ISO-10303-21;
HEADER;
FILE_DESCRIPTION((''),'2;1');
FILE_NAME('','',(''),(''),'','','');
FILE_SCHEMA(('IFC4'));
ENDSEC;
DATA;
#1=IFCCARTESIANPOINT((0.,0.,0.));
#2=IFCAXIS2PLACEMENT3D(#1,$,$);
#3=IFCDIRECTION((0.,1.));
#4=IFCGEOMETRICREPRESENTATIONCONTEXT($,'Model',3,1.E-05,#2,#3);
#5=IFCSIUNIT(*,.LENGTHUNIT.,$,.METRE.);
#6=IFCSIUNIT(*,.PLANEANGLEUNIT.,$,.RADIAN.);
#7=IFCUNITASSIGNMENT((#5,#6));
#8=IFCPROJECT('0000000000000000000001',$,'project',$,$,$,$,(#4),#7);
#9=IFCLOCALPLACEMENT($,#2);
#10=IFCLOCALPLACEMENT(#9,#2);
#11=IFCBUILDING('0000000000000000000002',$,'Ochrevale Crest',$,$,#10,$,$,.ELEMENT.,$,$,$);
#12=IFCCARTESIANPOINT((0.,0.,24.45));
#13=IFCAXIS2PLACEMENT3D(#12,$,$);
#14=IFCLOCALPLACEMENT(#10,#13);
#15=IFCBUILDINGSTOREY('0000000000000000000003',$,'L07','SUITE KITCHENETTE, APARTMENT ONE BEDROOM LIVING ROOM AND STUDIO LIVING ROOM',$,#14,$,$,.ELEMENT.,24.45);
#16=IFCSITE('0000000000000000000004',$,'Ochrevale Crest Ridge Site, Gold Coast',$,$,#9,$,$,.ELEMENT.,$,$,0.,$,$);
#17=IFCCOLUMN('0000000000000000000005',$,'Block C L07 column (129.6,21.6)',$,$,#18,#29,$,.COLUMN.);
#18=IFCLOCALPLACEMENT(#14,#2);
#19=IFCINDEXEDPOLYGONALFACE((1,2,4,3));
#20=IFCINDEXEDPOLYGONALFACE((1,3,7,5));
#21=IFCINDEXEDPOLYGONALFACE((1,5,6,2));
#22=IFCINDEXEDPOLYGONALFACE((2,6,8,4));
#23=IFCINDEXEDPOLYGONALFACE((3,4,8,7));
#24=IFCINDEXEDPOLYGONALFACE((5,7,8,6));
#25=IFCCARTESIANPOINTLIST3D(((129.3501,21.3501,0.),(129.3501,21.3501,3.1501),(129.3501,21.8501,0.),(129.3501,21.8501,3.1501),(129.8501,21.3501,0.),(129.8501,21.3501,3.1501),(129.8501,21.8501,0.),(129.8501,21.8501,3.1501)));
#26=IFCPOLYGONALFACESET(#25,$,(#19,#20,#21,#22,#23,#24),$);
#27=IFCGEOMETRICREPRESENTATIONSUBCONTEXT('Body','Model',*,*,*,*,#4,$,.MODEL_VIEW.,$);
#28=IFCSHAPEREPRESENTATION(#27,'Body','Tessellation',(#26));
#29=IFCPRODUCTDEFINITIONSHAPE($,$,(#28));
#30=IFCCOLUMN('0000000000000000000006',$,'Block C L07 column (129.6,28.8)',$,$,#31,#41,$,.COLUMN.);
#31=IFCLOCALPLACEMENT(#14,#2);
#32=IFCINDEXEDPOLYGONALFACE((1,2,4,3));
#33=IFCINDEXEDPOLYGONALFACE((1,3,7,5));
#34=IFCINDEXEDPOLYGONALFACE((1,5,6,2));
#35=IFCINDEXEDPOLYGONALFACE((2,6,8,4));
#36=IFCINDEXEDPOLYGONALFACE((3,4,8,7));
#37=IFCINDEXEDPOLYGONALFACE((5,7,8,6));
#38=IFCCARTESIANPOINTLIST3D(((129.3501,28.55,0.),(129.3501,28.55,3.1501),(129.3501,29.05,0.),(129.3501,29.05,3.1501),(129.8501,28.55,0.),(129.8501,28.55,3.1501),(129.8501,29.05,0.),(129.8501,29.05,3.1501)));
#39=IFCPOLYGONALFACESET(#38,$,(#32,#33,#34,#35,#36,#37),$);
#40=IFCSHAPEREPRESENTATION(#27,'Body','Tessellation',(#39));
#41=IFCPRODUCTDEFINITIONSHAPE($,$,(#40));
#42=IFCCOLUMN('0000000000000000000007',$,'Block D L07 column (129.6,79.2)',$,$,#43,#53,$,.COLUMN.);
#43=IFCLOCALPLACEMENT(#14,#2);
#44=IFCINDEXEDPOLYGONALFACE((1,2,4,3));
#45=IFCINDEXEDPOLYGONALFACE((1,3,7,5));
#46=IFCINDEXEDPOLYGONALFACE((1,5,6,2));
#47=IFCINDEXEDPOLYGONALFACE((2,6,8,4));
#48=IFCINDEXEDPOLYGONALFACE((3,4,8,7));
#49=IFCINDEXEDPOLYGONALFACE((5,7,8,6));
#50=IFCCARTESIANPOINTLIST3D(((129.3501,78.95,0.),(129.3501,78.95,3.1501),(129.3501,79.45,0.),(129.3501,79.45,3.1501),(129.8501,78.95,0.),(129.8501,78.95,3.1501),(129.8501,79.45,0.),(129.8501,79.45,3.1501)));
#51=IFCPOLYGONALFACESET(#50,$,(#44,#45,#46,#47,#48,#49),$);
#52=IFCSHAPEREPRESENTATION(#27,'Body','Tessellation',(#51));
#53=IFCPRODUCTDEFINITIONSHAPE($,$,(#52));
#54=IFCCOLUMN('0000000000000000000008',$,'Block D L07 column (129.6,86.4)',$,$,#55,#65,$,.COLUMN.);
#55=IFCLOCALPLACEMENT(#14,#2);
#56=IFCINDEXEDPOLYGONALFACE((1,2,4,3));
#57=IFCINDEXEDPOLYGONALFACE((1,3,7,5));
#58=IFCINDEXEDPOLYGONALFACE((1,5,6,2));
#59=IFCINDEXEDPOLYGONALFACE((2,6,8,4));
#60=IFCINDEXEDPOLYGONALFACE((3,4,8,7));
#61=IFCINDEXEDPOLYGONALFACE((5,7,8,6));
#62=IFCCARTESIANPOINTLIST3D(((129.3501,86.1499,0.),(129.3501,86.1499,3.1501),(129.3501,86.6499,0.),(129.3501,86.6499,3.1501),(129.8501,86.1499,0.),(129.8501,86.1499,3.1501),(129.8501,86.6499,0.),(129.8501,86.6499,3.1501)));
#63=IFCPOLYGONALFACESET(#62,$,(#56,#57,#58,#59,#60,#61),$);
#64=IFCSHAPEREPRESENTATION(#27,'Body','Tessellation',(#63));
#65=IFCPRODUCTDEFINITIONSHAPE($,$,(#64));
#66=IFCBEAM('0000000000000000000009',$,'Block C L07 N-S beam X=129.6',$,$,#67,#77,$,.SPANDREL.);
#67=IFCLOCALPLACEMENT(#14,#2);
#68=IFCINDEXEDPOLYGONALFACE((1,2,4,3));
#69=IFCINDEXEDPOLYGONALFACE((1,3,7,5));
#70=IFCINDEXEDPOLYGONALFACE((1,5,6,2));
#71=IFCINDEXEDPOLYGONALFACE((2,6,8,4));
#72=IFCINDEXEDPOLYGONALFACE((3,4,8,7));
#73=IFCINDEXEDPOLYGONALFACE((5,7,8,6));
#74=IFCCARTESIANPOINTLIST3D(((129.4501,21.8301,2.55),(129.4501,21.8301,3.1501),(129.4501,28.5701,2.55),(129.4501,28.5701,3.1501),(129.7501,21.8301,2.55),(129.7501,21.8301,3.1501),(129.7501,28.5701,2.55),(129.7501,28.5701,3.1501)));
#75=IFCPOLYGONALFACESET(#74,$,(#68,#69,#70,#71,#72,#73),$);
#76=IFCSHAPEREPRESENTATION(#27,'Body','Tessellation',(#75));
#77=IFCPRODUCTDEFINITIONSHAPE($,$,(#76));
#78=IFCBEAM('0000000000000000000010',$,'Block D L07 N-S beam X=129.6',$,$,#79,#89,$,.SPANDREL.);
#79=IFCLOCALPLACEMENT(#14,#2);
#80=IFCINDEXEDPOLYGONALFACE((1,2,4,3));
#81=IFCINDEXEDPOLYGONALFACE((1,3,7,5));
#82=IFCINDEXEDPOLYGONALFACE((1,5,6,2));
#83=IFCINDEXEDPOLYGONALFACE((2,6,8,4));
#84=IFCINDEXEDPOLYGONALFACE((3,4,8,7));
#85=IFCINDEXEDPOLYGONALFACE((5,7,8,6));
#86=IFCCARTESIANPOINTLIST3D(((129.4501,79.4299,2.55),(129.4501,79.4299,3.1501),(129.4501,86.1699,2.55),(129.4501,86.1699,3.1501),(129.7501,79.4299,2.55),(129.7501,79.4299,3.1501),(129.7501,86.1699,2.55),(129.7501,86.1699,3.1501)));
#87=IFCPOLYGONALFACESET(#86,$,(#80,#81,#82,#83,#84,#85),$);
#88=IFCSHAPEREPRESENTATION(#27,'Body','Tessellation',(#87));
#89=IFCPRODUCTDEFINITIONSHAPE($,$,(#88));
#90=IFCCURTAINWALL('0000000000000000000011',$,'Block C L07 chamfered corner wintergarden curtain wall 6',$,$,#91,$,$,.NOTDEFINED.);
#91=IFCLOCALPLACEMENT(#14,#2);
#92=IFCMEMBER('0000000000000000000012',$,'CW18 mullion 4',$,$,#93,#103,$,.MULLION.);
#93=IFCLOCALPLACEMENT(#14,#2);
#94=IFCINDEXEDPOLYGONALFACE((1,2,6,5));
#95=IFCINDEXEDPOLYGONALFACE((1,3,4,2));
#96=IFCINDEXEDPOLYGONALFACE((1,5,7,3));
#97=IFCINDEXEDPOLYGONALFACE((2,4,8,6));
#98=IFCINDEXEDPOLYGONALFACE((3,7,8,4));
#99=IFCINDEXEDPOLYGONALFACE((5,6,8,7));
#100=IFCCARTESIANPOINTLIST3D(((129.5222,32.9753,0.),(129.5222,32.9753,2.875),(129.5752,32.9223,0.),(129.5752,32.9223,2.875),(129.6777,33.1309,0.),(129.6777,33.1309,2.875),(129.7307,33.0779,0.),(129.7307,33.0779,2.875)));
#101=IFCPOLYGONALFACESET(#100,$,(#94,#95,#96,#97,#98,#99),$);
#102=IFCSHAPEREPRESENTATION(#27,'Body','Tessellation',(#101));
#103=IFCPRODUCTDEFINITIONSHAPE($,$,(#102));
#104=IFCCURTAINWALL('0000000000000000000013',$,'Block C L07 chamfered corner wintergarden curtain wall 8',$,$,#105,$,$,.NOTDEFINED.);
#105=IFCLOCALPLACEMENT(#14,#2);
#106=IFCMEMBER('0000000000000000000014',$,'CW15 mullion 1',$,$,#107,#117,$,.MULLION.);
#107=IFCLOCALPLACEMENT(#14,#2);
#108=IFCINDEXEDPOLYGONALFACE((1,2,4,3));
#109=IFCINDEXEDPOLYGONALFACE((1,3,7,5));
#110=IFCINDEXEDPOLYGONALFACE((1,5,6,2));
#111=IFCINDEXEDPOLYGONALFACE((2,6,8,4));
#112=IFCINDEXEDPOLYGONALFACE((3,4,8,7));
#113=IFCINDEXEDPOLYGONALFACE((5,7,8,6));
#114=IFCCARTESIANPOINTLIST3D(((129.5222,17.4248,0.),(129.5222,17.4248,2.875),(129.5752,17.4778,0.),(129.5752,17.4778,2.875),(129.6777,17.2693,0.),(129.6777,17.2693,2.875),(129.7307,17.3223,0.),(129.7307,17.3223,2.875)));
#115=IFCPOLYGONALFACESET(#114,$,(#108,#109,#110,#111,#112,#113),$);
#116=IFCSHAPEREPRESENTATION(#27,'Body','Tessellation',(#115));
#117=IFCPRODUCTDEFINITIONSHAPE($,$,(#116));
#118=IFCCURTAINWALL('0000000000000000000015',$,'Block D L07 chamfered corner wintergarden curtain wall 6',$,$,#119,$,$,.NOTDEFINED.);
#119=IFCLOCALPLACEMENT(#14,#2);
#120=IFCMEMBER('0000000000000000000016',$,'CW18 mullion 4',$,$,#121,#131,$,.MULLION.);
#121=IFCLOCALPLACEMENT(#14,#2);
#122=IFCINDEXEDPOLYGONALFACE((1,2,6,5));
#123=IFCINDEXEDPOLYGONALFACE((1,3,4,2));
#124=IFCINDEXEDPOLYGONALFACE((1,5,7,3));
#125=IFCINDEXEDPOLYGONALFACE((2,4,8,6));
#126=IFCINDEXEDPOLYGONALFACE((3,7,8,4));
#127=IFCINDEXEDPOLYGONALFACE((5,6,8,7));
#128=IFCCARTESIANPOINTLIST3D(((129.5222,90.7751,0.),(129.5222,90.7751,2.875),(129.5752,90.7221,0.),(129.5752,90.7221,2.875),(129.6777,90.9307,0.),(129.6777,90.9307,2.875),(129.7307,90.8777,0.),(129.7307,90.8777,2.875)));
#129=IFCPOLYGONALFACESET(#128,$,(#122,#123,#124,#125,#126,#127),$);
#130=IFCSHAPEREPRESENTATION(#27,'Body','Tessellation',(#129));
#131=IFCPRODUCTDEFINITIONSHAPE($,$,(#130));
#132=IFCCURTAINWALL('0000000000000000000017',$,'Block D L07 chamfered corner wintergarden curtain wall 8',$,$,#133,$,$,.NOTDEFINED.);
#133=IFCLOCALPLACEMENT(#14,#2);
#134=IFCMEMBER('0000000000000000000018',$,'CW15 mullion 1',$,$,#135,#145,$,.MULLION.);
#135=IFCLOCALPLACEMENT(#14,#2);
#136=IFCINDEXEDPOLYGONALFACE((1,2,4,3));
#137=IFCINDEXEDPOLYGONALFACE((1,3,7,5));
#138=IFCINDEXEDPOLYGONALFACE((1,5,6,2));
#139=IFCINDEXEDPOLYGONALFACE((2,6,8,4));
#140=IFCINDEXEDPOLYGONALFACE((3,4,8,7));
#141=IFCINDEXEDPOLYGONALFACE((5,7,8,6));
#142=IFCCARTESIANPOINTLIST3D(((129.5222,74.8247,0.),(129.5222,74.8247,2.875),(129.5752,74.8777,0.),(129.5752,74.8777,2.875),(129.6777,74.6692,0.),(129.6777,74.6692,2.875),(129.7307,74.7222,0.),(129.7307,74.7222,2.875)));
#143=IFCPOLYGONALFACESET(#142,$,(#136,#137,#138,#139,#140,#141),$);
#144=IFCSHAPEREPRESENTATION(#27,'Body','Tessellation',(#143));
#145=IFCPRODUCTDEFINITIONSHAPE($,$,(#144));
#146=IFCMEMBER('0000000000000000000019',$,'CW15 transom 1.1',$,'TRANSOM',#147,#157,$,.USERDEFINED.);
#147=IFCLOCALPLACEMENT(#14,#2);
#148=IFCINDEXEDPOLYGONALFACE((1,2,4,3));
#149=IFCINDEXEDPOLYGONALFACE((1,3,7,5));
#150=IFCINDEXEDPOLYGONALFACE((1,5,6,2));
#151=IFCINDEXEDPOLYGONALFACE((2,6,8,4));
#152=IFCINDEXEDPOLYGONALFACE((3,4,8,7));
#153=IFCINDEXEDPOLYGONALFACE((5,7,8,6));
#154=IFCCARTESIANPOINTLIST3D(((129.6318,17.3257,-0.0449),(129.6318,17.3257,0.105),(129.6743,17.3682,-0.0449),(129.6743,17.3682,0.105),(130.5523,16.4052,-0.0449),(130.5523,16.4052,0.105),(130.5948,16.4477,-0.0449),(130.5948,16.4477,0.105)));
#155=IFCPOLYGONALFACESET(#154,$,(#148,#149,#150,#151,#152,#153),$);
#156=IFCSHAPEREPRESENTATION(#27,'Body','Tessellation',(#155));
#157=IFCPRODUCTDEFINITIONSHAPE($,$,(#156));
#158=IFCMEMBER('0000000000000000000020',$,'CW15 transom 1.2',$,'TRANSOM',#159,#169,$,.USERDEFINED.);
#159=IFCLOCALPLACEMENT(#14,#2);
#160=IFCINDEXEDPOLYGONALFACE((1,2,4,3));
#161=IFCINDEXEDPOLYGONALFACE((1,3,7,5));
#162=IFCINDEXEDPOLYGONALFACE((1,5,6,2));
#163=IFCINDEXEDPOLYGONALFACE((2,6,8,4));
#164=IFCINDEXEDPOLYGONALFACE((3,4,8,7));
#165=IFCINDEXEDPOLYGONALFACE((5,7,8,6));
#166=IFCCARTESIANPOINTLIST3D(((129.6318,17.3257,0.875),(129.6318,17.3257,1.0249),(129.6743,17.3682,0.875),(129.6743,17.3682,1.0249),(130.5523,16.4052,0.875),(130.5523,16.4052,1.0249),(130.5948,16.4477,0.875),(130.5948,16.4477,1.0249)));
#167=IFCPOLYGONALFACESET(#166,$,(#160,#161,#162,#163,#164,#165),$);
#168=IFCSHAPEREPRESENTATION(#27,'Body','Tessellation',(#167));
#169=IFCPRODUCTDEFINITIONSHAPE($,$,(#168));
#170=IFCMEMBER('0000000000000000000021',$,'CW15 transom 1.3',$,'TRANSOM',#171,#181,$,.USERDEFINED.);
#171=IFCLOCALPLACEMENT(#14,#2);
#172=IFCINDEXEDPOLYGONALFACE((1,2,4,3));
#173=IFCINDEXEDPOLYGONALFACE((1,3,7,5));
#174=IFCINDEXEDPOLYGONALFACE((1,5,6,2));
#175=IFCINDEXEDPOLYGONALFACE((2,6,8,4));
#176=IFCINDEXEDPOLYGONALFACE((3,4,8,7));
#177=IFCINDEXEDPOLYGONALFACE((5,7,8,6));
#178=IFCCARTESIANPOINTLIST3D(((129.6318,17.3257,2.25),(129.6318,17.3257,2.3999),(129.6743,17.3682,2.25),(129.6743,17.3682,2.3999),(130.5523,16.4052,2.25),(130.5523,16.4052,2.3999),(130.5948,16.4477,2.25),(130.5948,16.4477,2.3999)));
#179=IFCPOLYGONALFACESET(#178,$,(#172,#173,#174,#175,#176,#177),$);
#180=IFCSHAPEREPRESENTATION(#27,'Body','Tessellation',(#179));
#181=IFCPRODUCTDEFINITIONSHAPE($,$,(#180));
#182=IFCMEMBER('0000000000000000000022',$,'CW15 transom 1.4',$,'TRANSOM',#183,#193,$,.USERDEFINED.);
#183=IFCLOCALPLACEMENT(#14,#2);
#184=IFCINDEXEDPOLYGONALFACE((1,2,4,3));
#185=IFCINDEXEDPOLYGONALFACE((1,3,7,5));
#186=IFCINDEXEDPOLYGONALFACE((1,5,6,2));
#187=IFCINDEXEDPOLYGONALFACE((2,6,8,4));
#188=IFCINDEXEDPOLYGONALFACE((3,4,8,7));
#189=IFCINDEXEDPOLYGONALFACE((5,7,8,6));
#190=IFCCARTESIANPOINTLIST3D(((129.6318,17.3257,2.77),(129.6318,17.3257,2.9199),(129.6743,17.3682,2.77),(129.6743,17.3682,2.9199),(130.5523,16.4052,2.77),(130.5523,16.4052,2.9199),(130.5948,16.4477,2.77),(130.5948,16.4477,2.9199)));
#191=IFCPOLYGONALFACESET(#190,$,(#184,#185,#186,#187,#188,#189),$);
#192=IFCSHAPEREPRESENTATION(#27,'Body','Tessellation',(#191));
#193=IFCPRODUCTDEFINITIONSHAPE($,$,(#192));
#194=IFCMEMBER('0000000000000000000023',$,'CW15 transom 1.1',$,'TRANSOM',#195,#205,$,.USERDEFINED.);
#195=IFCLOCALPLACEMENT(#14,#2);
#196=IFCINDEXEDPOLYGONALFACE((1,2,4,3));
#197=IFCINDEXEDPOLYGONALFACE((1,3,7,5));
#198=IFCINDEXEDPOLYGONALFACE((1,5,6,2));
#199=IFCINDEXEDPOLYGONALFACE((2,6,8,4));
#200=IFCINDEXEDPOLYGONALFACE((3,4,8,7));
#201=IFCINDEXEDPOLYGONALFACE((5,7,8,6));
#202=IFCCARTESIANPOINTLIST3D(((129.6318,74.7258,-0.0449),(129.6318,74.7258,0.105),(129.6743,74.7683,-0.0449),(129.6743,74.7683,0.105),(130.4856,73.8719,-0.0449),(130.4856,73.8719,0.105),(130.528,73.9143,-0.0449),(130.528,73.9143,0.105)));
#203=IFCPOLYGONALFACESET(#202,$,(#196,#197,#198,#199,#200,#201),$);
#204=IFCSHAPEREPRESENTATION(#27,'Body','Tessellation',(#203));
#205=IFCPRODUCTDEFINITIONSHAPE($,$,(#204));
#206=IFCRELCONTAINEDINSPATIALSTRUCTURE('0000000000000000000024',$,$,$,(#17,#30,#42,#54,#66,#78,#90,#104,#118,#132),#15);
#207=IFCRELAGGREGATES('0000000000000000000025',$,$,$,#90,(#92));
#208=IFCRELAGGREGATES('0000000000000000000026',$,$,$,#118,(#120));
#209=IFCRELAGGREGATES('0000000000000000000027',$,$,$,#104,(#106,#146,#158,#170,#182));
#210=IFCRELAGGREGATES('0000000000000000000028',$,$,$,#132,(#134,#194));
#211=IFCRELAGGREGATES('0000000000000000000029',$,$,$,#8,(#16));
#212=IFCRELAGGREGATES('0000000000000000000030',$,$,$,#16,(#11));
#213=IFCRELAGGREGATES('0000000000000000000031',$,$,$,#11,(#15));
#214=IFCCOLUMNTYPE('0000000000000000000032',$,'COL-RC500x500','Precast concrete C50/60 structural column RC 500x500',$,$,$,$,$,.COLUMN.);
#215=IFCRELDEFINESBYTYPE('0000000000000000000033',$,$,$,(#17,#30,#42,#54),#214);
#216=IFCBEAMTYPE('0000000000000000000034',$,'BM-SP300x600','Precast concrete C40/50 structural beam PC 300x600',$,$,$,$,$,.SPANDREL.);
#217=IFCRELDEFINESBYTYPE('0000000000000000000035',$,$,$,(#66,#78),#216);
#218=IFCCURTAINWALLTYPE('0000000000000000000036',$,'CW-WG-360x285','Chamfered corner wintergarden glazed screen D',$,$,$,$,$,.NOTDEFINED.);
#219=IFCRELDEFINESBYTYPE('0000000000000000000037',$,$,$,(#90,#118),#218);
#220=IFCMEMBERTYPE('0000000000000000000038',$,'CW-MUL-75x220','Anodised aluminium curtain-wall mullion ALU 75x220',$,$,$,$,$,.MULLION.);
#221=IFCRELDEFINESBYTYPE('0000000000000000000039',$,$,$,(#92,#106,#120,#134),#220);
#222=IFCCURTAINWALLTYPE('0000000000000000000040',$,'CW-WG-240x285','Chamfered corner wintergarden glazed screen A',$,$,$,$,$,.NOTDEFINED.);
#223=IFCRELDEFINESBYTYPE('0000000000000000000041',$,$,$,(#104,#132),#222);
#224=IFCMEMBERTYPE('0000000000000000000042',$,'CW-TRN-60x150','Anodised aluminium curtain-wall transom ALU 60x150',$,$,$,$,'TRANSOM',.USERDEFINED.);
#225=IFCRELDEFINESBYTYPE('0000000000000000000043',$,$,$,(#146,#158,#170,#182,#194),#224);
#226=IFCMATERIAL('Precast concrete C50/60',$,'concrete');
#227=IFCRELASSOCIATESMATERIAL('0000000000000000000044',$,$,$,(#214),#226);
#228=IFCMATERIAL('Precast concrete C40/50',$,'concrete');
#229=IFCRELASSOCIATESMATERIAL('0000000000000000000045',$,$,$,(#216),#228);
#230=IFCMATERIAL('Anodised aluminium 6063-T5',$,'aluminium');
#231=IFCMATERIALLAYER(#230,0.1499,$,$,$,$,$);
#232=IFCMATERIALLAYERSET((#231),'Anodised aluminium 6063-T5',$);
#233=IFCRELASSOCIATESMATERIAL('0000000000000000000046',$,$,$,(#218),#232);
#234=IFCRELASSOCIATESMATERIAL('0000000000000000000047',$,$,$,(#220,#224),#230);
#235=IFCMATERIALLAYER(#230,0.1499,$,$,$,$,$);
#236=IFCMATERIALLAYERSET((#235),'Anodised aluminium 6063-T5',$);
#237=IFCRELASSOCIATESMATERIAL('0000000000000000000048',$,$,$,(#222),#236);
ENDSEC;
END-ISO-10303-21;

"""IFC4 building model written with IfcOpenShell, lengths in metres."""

from ifc_helpers import new_model, si_unit, direction, frame, origin, origin_2d, place, context, subcontext, project, spatial, rectangle, extrude, material, layer, layer_set, material_profile, profile_set, type_object, element, aggregate, save


model = new_model("IFC4")

# Units and contexts
model_context = context("Model", 3, precision=1e-05, world=origin(), true_north=direction((0.0, 1.0)))
body_context = subcontext(model_context, "Body", "Model", "MODEL_VIEW")
ifc_project = project(units=[si_unit("LENGTHUNIT", "METRE"), si_unit("PLANEANGLEUNIT", "RADIAN")], contexts=[model_context])

# Site, building, storey
site_placement = place(None, origin())
site = spatial("IfcSite", under=ifc_project, at=site_placement, Name="Ochrevale Crest Ridge Site, Gold Coast", CompositionType="ELEMENT", RefElevation=0.0)
building_placement = place(site_placement, origin())
building = spatial("IfcBuilding", under=site, at=building_placement, Name="Ochrevale Crest", CompositionType="ELEMENT")
storey_placement = place(building_placement, frame((0.0, 0.0, 24.45)))
storey = spatial("IfcBuildingStorey", under=building, at=storey_placement, Name="L07", Description="SUITE KITCHENETTE, APARTMENT ONE BEDROOM LIVING ROOM AND STUDIO LIVING ROOM", CompositionType="ELEMENT", Elevation=24.45)

# Columns
ifc_material_1 = material(Name="Precast concrete C50/60", Category="concrete")
ifc_material_profile_1 = material_profile(ifc_material_1, rectangle(XDim=0.5, YDim=0.5, at=origin_2d()), Name="RC 500x500")
ifc_profile_set_1 = profile_set([ifc_material_profile_1], Name="Precast concrete C50/60")
column_type = type_object("IfcColumnType", Name="COL-RC500x500", Description="Precast concrete C50/60 structural column RC 500x500", PredefinedType="COLUMN", material=ifc_profile_set_1)
for number, where, z_axis, x_axis, name in (
    (1, (129.6001, 21.6001, 0.0), (0.0, 0.0, 1.0), (1.0, 0.0, 0.0), "Block C L07 column (129.6,21.6)"),
    (2, (129.6001, 28.8, 0.0), (0.0, 0.0, 1.0), (1.0, 0.0, 0.0), "Block C L07 column (129.6,28.8)"),
    (3, (129.6001, 79.2, 0.0), (0.0, 0.0, 1.0), (1.0, 0.0, 0.0), "Block D L07 column (129.6,79.2)"),
    (4, (129.6001, 86.3999, 0.0), (0.0, 0.0, 1.0), (1.0, 0.0, 0.0), "Block D L07 column (129.6,86.4)"),
):
    element("IfcColumn", number, at=place(storey_placement, frame(where, z_axis=z_axis, x_axis=x_axis)), inside=storey, type_object=column_type, Name=name, PredefinedType="COLUMN", context=body_context, shape_type="SweptSolid", body=[
        extrude(rectangle(XDim=0.5, YDim=0.5, at=origin_2d()), origin(), (0.0, 0.0, 1.0), 3.1501),
    ])

# Beams
ifc_material_2 = material(Name="Precast concrete C40/50", Category="concrete")
ifc_material_profile_2 = material_profile(ifc_material_2, rectangle(XDim=0.3, YDim=0.6001, at=origin_2d()), Name="PC 300x600")
ifc_profile_set_2 = profile_set([ifc_material_profile_2], Name="Precast concrete C40/50")
beam_type = type_object("IfcBeamType", Name="BM-SP300x600", Description="Precast concrete C40/50 structural beam PC 300x600", PredefinedType="SPANDREL", material=ifc_profile_set_2)
for number, where, z_axis, x_axis, name in (
    (5, (129.6001, 21.8301, 2.8501), (0.0, 1.0, 0.0), (-1.0, 0.0, 0.0), "Block C L07 N-S beam X=129.6"),
    (6, (129.6001, 79.4299, 2.8501), (0.0, 1.0, 0.0), (-1.0, 0.0, 0.0), "Block D L07 N-S beam X=129.6"),
):
    element("IfcBeam", number, at=place(storey_placement, frame(where, z_axis=z_axis, x_axis=x_axis)), inside=storey, type_object=beam_type, Name=name, PredefinedType="SPANDREL", context=body_context, shape_type="SweptSolid", body=[
        extrude(rectangle(XDim=0.3, YDim=0.6001, at=origin_2d()), origin(), (0.0, 0.0, 1.0), 6.74),
    ])

# Curtain walls, members
ifc_material_3 = material(Name="Anodised aluminium 6063-T5", Category="aluminium")
ifc_layer_1 = layer(ifc_material_3, 0.1499)
ifc_layer_set_1 = layer_set([ifc_layer_1], Name="Anodised aluminium 6063-T5")
curtain_wall_type_1 = type_object("IfcCurtainWallType", Name="CW-WG-360x285", Description="Chamfered corner wintergarden glazed screen D", PredefinedType="NOTDEFINED", material=ifc_layer_set_1)
curtain_wall_1_placement = place(storey_placement, origin())
curtain_wall_1 = element("IfcCurtainWall", 7, at=curtain_wall_1_placement, inside=storey, type_object=curtain_wall_type_1, Name="Block C L07 chamfered corner wintergarden curtain wall 6", PredefinedType="NOTDEFINED")
ifc_material_profile_3 = material_profile(ifc_material_3, rectangle(XDim=0.075, YDim=0.22, at=origin_2d()), Name="ALU 75x220")
ifc_profile_set_3 = profile_set([ifc_material_profile_3], Name="Anodised aluminium 6063-T5")
member_type_1 = type_object("IfcMemberType", Name="CW-MUL-75x220", Description="Anodised aluminium curtain-wall mullion ALU 75x220", PredefinedType="MULLION", material=ifc_profile_set_3)
member_1_placement = place(storey_placement, frame((129.6265, 33.0266, 0.0), z_axis=(0.0, 0.0, 1.0), x_axis=(0.707107, -0.707107, 0.0)))
member_1 = element("IfcMember", 8, at=member_1_placement, type_object=member_type_1, Name="CW18 mullion 4", PredefinedType="MULLION", context=body_context, shape_type="SweptSolid", body=[
    extrude(rectangle(XDim=0.075, YDim=0.22, at=origin_2d()), origin(), (0.0, 0.0, 1.0), 2.875),
])
aggregate(curtain_wall_1, [member_1])
ifc_layer_2 = layer(ifc_material_3, 0.1499)
ifc_layer_set_2 = layer_set([ifc_layer_2], Name="Anodised aluminium 6063-T5")
curtain_wall_type_2 = type_object("IfcCurtainWallType", Name="CW-WG-240x285", Description="Chamfered corner wintergarden glazed screen A", PredefinedType="NOTDEFINED", material=ifc_layer_set_2)
curtain_wall_2_placement = place(storey_placement, origin())
curtain_wall_2 = element("IfcCurtainWall", 9, at=curtain_wall_2_placement, inside=storey, type_object=curtain_wall_type_2, Name="Block C L07 chamfered corner wintergarden curtain wall 8", PredefinedType="NOTDEFINED")
member_2_placement = place(storey_placement, frame((129.6265, 17.3735, 0.0), z_axis=(0.0, 0.0, 1.0), x_axis=(0.707107, 0.707107, 0.0)))
member_2 = element("IfcMember", 10, at=member_2_placement, type_object=member_type_1, Name="CW15 mullion 1", PredefinedType="MULLION", context=body_context, shape_type="SweptSolid", body=[
    extrude(rectangle(XDim=0.075, YDim=0.22, at=origin_2d()), origin(), (0.0, 0.0, 1.0), 2.875),
])
curtain_wall_3_placement = place(storey_placement, origin())
curtain_wall_3 = element("IfcCurtainWall", 11, at=curtain_wall_3_placement, inside=storey, type_object=curtain_wall_type_1, Name="Block D L07 chamfered corner wintergarden curtain wall 6", PredefinedType="NOTDEFINED")
member_3_placement = place(storey_placement, frame((129.6265, 90.8264, 0.0), z_axis=(0.0, 0.0, 1.0), x_axis=(0.707107, -0.707107, 0.0)))
member_3 = element("IfcMember", 12, at=member_3_placement, type_object=member_type_1, Name="CW18 mullion 4", PredefinedType="MULLION", context=body_context, shape_type="SweptSolid", body=[
    extrude(rectangle(XDim=0.075, YDim=0.22, at=origin_2d()), origin(), (0.0, 0.0, 1.0), 2.875),
])
aggregate(curtain_wall_3, [member_3])
curtain_wall_4_placement = place(storey_placement, origin())
curtain_wall_4 = element("IfcCurtainWall", 13, at=curtain_wall_4_placement, inside=storey, type_object=curtain_wall_type_2, Name="Block D L07 chamfered corner wintergarden curtain wall 8", PredefinedType="NOTDEFINED")
member_4_placement = place(storey_placement, frame((129.6265, 74.7734, 0.0), z_axis=(0.0, 0.0, 1.0), x_axis=(0.707107, 0.707107, 0.0)))
member_4 = element("IfcMember", 14, at=member_4_placement, type_object=member_type_1, Name="CW15 mullion 1", PredefinedType="MULLION", context=body_context, shape_type="SweptSolid", body=[
    extrude(rectangle(XDim=0.075, YDim=0.22, at=origin_2d()), origin(), (0.0, 0.0, 1.0), 2.875),
])

# Members
ifc_material_profile_4 = material_profile(ifc_material_3, rectangle(XDim=0.0601, YDim=0.1499, at=origin_2d()), Name="ALU 60x150")
ifc_profile_set_4 = profile_set([ifc_material_profile_4], Name="Anodised aluminium 6063-T5")
member_type_2 = type_object("IfcMemberType", Name="CW-TRN-60x150", Description="Anodised aluminium curtain-wall transom ALU 60x150", ElementType="TRANSOM", PredefinedType="USERDEFINED", material=ifc_profile_set_4)
member_5_placement = place(storey_placement, frame((129.6531, 17.3469, 0.03), z_axis=(0.707107, -0.707107, 0.0), x_axis=(0.707107, 0.707107, 0.0)))
member_5 = element("IfcMember", 15, at=member_5_placement, type_object=member_type_2, Name="CW15 transom 1.1", ObjectType="TRANSOM", PredefinedType="USERDEFINED", context=body_context, shape_type="SweptSolid", body=[
    extrude(rectangle(XDim=0.0601, YDim=0.1499, at=origin_2d()), origin(), (0.0, 0.0, 1.0), 1.3018),
])
member_6_placement = place(storey_placement, frame((129.6531, 17.3469, 0.95), z_axis=(0.707107, -0.707107, 0.0), x_axis=(0.707107, 0.707107, 0.0)))
member_6 = element("IfcMember", 16, at=member_6_placement, type_object=member_type_2, Name="CW15 transom 1.2", ObjectType="TRANSOM", PredefinedType="USERDEFINED", context=body_context, shape_type="SweptSolid", body=[
    extrude(rectangle(XDim=0.0601, YDim=0.1499, at=origin_2d()), origin(), (0.0, 0.0, 1.0), 1.3018),
])
member_7_placement = place(storey_placement, frame((129.6531, 17.3469, 2.325), z_axis=(0.707107, -0.707107, 0.0), x_axis=(0.707107, 0.707107, 0.0)))
member_7 = element("IfcMember", 17, at=member_7_placement, type_object=member_type_2, Name="CW15 transom 1.3", ObjectType="TRANSOM", PredefinedType="USERDEFINED", context=body_context, shape_type="SweptSolid", body=[
    extrude(rectangle(XDim=0.0601, YDim=0.1499, at=origin_2d()), origin(), (0.0, 0.0, 1.0), 1.3018),
])
member_8_placement = place(storey_placement, frame((129.6531, 17.3469, 2.845), z_axis=(0.707107, -0.707107, 0.0), x_axis=(0.707107, 0.707107, 0.0)))
member_8 = element("IfcMember", 18, at=member_8_placement, type_object=member_type_2, Name="CW15 transom 1.4", ObjectType="TRANSOM", PredefinedType="USERDEFINED", context=body_context, shape_type="SweptSolid", body=[
    extrude(rectangle(XDim=0.0601, YDim=0.1499, at=origin_2d()), origin(), (0.0, 0.0, 1.0), 1.3018),
])
aggregate(curtain_wall_2, [member_2, member_5, member_6, member_7, member_8])
member_9_placement = place(storey_placement, frame((129.6531, 74.7471, 0.03), z_axis=(0.707006, -0.707208, 0.0), x_axis=(0.707208, 0.707006, 0.0)))
member_9 = element("IfcMember", 19, at=member_9_placement, type_object=member_type_2, Name="CW15 transom 1.1", ObjectType="TRANSOM", PredefinedType="USERDEFINED", context=body_context, shape_type="SweptSolid", body=[
    extrude(rectangle(XDim=0.0601, YDim=0.1499, at=origin_2d()), origin(), (0.0, 0.0, 1.0), 1.2075),
])
aggregate(curtain_wall_4, [member_4, member_9])

save(model, "model.ifc")
